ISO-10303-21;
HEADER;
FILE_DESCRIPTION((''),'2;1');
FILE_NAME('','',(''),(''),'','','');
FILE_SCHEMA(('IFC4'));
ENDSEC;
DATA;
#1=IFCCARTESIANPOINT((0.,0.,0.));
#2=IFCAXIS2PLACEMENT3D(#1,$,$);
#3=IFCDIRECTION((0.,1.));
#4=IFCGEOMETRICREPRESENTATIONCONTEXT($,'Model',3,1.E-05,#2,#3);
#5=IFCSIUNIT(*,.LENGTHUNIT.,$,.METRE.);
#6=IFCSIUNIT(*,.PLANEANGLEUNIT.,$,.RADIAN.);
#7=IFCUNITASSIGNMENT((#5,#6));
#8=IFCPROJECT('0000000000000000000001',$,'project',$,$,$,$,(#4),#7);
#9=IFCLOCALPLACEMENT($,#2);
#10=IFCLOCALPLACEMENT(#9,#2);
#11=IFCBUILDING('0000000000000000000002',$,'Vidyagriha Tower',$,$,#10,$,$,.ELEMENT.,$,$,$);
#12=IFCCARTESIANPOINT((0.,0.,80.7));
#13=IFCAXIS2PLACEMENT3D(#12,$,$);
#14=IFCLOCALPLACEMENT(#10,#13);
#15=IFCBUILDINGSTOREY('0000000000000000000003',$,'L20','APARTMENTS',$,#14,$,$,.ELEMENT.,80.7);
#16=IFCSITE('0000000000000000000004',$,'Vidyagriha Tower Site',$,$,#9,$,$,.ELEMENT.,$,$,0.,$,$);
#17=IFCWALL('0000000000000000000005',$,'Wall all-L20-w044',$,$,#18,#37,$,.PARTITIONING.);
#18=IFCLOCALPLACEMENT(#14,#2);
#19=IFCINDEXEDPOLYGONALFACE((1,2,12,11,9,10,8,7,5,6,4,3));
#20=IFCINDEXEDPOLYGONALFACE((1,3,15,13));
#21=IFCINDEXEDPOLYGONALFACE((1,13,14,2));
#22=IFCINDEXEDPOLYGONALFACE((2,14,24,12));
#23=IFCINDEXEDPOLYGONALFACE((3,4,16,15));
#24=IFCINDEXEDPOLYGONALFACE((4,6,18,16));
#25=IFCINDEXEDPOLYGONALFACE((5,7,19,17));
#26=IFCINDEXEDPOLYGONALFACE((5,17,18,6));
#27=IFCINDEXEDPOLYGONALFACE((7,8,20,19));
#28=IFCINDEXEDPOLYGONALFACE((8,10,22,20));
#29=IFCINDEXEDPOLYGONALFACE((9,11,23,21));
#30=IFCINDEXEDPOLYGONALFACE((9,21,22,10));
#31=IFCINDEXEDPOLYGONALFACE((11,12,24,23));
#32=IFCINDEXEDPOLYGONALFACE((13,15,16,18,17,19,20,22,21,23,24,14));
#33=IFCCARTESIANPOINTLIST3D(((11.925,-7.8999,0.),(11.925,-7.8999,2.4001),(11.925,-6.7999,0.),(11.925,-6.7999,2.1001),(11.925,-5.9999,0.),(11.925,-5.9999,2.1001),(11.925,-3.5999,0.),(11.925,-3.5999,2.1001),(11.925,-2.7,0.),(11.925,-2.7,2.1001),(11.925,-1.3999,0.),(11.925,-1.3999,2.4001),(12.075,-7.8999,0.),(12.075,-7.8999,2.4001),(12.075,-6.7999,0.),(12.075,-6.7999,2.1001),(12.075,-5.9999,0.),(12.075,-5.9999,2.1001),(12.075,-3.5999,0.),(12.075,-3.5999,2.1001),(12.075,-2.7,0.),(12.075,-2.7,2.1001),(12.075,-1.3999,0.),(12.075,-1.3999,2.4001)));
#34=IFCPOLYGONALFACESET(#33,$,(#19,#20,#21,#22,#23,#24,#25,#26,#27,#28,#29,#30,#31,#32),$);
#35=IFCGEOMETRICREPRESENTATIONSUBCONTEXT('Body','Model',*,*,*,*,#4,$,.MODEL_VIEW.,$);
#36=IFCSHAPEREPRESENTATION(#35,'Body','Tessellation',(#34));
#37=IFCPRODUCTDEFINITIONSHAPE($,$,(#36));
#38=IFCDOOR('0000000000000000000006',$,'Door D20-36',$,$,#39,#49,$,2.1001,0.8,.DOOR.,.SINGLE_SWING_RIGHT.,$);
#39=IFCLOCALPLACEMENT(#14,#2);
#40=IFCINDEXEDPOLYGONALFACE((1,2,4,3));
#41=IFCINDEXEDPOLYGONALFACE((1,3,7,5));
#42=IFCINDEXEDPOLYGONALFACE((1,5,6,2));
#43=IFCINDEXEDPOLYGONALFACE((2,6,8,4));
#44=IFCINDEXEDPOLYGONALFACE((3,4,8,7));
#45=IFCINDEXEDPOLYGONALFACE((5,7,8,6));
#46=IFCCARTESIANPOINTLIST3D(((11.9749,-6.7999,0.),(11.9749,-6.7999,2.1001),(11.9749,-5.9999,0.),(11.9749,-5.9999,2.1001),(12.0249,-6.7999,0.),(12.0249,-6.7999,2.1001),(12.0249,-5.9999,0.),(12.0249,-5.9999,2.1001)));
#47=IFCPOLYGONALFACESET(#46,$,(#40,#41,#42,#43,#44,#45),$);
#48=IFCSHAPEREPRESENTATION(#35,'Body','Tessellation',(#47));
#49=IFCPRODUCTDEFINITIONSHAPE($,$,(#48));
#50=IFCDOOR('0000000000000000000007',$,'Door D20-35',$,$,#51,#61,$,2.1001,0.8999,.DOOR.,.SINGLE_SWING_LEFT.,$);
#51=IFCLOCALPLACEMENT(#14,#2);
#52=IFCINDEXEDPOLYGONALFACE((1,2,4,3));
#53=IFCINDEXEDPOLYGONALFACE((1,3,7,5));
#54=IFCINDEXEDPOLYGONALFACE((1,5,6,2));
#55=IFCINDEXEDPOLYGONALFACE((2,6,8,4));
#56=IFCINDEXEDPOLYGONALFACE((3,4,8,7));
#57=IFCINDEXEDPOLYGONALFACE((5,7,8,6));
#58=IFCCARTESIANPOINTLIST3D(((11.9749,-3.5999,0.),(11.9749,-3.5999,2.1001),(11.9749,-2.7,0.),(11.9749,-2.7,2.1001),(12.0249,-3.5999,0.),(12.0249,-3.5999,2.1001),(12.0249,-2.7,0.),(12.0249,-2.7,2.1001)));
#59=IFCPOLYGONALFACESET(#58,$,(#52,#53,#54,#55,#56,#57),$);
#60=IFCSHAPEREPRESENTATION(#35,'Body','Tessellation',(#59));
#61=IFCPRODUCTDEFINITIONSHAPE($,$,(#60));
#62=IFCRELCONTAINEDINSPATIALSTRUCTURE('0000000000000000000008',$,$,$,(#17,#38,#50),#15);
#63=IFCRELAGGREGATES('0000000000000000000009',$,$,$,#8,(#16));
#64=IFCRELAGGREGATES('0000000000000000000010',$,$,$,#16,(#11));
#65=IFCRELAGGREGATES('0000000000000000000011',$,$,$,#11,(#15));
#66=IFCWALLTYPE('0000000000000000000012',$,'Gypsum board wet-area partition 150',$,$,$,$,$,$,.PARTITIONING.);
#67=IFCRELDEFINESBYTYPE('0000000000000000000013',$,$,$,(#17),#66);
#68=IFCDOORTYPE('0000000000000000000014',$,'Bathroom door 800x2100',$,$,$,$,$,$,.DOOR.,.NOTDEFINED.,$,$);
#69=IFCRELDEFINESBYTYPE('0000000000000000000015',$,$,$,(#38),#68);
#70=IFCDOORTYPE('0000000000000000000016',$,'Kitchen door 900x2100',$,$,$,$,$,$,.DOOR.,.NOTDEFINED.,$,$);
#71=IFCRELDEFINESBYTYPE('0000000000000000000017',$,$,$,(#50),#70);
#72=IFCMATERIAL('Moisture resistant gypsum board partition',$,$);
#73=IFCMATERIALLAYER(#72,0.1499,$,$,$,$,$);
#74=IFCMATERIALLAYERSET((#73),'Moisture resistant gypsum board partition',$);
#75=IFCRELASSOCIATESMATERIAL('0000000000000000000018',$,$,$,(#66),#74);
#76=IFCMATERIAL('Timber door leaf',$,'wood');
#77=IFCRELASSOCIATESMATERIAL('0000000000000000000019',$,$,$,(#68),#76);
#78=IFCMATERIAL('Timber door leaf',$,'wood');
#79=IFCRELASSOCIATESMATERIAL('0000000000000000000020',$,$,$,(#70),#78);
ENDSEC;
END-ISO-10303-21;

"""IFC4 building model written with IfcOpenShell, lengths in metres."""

from ifc_helpers import new_model, si_unit, direction, frame, frame_2d, origin, place, context, subcontext, project, spatial, rectangle, extrude, material, layer, layer_set, type_object, element, fill, save


model = new_model("IFC4")

# Units and contexts
model_context = context("Model", 3, precision=1e-05, world=origin(), true_north=direction((0.0, 1.0)))
body_context = subcontext(model_context, "Body", "Model", "MODEL_VIEW")
ifc_project = project(units=[si_unit("LENGTHUNIT", "METRE"), si_unit("PLANEANGLEUNIT", "RADIAN")], contexts=[model_context])

# Site, building, storey
site_placement = place(None, origin())
site = spatial("IfcSite", under=ifc_project, at=site_placement, Name="Vidyagriha Tower Site", CompositionType="ELEMENT", RefElevation=0.0)
building_placement = place(site_placement, origin())
building = spatial("IfcBuilding", under=site, at=building_placement, Name="Vidyagriha Tower", CompositionType="ELEMENT")
storey_placement = place(building_placement, frame((0.0, 0.0, 80.7)))
storey = spatial("IfcBuildingStorey", under=building, at=storey_placement, Name="L20", Description="APARTMENTS", CompositionType="ELEMENT", Elevation=80.7)

# Wall, openings, doors
ifc_material_1 = material(Name="Moisture resistant gypsum board partition")
ifc_layer_1 = layer(ifc_material_1, 0.1499)
ifc_layer_set_1 = layer_set([ifc_layer_1], Name="Moisture resistant gypsum board partition")
wall_type_1 = type_object("IfcWallType", Name="Gypsum board wet-area partition 150", PredefinedType="PARTITIONING", material=ifc_layer_set_1)
wall_1_placement = place(storey_placement, frame((12.0, -1.3999, 0.0), z_axis=(0.0, 0.0, 1.0), x_axis=(0.0, -1.0, 0.0)))
wall_1 = element("IfcWall", 1, at=wall_1_placement, inside=storey, type_object=wall_type_1, Name="Wall all-L20-w044", PredefinedType="PARTITIONING", context=body_context, shape_type="SweptSolid", body=[
    extrude(rectangle(XDim=6.5, YDim=0.1499, at=frame_2d((3.25, 0.0))), origin(), (0.0, 0.0, 1.0), 2.4001),
])
opening_1_placement = place(wall_1_placement, frame((1.3, 0.0, 0.0)))
opening_1 = element("IfcOpeningElement", 2, at=opening_1_placement, cuts=wall_1, PredefinedType="OPENING", context=body_context, shape_type="SweptSolid", body=[
    extrude(rectangle(XDim=0.8999, YDim=2.1001, at=frame_2d((0.45, 1.05))), frame((0.0, 0.085, 0.0), z_axis=(0.0, -1.0, 0.0), x_axis=(1.0, 0.0, 0.0)), (0.0, 0.0, 1.0), 0.1699),
])
opening_2_placement = place(wall_1_placement, frame((4.6001, 0.0, 0.0)))
opening_2 = element("IfcOpeningElement", 3, at=opening_2_placement, cuts=wall_1, PredefinedType="OPENING", context=body_context, shape_type="SweptSolid", body=[
    extrude(rectangle(XDim=0.8, YDim=2.1001, at=frame_2d((0.3999, 1.05))), frame((0.0, 0.085, 0.0), z_axis=(0.0, -1.0, 0.0), x_axis=(1.0, 0.0, 0.0)), (0.0, 0.0, 1.0), 0.1699),
])
ifc_material_2 = material(Name="Timber door leaf", Category="wood")
door_type_1 = type_object("IfcDoorType", Name="Bathroom door 800x2100", OperationType="NOTDEFINED", PredefinedType="DOOR", material=ifc_material_2)
door_1_placement = place(opening_2_placement, origin())
door_1 = element("IfcDoor", 4, at=door_1_placement, inside=storey, type_object=door_type_1, Name="Door D20-36", OperationType="SINGLE_SWING_RIGHT", OverallHeight=2.1001, OverallWidth=0.8, PredefinedType="DOOR", context=body_context, shape_type="SweptSolid", body=[
    extrude(rectangle(XDim=0.8, YDim=2.1001, at=frame_2d((0.3999, 1.05))), frame((0.0, 0.0249, 0.0), z_axis=(0.0, -1.0, 0.0), x_axis=(1.0, 0.0, 0.0)), (0.0, 0.0, 1.0), 0.05),
])
fill(opening_2, door_1)
ifc_material_3 = material(Name="Timber door leaf", Category="wood")
door_type_2 = type_object("IfcDoorType", Name="Kitchen door 900x2100", OperationType="NOTDEFINED", PredefinedType="DOOR", material=ifc_material_3)
door_2_placement = place(opening_1_placement, origin())
door_2 = element("IfcDoor", 5, at=door_2_placement, inside=storey, type_object=door_type_2, Name="Door D20-35", OperationType="SINGLE_SWING_LEFT", OverallHeight=2.1001, OverallWidth=0.8999, PredefinedType="DOOR", context=body_context, shape_type="SweptSolid", body=[
    extrude(rectangle(XDim=0.8999, YDim=2.1001, at=frame_2d((0.45, 1.05))), frame((0.0, 0.0249, 0.0), z_axis=(0.0, -1.0, 0.0), x_axis=(1.0, 0.0, 0.0)), (0.0, 0.0, 1.0), 0.05),
])
fill(opening_1, door_2)

save(model, "model.ifc")
